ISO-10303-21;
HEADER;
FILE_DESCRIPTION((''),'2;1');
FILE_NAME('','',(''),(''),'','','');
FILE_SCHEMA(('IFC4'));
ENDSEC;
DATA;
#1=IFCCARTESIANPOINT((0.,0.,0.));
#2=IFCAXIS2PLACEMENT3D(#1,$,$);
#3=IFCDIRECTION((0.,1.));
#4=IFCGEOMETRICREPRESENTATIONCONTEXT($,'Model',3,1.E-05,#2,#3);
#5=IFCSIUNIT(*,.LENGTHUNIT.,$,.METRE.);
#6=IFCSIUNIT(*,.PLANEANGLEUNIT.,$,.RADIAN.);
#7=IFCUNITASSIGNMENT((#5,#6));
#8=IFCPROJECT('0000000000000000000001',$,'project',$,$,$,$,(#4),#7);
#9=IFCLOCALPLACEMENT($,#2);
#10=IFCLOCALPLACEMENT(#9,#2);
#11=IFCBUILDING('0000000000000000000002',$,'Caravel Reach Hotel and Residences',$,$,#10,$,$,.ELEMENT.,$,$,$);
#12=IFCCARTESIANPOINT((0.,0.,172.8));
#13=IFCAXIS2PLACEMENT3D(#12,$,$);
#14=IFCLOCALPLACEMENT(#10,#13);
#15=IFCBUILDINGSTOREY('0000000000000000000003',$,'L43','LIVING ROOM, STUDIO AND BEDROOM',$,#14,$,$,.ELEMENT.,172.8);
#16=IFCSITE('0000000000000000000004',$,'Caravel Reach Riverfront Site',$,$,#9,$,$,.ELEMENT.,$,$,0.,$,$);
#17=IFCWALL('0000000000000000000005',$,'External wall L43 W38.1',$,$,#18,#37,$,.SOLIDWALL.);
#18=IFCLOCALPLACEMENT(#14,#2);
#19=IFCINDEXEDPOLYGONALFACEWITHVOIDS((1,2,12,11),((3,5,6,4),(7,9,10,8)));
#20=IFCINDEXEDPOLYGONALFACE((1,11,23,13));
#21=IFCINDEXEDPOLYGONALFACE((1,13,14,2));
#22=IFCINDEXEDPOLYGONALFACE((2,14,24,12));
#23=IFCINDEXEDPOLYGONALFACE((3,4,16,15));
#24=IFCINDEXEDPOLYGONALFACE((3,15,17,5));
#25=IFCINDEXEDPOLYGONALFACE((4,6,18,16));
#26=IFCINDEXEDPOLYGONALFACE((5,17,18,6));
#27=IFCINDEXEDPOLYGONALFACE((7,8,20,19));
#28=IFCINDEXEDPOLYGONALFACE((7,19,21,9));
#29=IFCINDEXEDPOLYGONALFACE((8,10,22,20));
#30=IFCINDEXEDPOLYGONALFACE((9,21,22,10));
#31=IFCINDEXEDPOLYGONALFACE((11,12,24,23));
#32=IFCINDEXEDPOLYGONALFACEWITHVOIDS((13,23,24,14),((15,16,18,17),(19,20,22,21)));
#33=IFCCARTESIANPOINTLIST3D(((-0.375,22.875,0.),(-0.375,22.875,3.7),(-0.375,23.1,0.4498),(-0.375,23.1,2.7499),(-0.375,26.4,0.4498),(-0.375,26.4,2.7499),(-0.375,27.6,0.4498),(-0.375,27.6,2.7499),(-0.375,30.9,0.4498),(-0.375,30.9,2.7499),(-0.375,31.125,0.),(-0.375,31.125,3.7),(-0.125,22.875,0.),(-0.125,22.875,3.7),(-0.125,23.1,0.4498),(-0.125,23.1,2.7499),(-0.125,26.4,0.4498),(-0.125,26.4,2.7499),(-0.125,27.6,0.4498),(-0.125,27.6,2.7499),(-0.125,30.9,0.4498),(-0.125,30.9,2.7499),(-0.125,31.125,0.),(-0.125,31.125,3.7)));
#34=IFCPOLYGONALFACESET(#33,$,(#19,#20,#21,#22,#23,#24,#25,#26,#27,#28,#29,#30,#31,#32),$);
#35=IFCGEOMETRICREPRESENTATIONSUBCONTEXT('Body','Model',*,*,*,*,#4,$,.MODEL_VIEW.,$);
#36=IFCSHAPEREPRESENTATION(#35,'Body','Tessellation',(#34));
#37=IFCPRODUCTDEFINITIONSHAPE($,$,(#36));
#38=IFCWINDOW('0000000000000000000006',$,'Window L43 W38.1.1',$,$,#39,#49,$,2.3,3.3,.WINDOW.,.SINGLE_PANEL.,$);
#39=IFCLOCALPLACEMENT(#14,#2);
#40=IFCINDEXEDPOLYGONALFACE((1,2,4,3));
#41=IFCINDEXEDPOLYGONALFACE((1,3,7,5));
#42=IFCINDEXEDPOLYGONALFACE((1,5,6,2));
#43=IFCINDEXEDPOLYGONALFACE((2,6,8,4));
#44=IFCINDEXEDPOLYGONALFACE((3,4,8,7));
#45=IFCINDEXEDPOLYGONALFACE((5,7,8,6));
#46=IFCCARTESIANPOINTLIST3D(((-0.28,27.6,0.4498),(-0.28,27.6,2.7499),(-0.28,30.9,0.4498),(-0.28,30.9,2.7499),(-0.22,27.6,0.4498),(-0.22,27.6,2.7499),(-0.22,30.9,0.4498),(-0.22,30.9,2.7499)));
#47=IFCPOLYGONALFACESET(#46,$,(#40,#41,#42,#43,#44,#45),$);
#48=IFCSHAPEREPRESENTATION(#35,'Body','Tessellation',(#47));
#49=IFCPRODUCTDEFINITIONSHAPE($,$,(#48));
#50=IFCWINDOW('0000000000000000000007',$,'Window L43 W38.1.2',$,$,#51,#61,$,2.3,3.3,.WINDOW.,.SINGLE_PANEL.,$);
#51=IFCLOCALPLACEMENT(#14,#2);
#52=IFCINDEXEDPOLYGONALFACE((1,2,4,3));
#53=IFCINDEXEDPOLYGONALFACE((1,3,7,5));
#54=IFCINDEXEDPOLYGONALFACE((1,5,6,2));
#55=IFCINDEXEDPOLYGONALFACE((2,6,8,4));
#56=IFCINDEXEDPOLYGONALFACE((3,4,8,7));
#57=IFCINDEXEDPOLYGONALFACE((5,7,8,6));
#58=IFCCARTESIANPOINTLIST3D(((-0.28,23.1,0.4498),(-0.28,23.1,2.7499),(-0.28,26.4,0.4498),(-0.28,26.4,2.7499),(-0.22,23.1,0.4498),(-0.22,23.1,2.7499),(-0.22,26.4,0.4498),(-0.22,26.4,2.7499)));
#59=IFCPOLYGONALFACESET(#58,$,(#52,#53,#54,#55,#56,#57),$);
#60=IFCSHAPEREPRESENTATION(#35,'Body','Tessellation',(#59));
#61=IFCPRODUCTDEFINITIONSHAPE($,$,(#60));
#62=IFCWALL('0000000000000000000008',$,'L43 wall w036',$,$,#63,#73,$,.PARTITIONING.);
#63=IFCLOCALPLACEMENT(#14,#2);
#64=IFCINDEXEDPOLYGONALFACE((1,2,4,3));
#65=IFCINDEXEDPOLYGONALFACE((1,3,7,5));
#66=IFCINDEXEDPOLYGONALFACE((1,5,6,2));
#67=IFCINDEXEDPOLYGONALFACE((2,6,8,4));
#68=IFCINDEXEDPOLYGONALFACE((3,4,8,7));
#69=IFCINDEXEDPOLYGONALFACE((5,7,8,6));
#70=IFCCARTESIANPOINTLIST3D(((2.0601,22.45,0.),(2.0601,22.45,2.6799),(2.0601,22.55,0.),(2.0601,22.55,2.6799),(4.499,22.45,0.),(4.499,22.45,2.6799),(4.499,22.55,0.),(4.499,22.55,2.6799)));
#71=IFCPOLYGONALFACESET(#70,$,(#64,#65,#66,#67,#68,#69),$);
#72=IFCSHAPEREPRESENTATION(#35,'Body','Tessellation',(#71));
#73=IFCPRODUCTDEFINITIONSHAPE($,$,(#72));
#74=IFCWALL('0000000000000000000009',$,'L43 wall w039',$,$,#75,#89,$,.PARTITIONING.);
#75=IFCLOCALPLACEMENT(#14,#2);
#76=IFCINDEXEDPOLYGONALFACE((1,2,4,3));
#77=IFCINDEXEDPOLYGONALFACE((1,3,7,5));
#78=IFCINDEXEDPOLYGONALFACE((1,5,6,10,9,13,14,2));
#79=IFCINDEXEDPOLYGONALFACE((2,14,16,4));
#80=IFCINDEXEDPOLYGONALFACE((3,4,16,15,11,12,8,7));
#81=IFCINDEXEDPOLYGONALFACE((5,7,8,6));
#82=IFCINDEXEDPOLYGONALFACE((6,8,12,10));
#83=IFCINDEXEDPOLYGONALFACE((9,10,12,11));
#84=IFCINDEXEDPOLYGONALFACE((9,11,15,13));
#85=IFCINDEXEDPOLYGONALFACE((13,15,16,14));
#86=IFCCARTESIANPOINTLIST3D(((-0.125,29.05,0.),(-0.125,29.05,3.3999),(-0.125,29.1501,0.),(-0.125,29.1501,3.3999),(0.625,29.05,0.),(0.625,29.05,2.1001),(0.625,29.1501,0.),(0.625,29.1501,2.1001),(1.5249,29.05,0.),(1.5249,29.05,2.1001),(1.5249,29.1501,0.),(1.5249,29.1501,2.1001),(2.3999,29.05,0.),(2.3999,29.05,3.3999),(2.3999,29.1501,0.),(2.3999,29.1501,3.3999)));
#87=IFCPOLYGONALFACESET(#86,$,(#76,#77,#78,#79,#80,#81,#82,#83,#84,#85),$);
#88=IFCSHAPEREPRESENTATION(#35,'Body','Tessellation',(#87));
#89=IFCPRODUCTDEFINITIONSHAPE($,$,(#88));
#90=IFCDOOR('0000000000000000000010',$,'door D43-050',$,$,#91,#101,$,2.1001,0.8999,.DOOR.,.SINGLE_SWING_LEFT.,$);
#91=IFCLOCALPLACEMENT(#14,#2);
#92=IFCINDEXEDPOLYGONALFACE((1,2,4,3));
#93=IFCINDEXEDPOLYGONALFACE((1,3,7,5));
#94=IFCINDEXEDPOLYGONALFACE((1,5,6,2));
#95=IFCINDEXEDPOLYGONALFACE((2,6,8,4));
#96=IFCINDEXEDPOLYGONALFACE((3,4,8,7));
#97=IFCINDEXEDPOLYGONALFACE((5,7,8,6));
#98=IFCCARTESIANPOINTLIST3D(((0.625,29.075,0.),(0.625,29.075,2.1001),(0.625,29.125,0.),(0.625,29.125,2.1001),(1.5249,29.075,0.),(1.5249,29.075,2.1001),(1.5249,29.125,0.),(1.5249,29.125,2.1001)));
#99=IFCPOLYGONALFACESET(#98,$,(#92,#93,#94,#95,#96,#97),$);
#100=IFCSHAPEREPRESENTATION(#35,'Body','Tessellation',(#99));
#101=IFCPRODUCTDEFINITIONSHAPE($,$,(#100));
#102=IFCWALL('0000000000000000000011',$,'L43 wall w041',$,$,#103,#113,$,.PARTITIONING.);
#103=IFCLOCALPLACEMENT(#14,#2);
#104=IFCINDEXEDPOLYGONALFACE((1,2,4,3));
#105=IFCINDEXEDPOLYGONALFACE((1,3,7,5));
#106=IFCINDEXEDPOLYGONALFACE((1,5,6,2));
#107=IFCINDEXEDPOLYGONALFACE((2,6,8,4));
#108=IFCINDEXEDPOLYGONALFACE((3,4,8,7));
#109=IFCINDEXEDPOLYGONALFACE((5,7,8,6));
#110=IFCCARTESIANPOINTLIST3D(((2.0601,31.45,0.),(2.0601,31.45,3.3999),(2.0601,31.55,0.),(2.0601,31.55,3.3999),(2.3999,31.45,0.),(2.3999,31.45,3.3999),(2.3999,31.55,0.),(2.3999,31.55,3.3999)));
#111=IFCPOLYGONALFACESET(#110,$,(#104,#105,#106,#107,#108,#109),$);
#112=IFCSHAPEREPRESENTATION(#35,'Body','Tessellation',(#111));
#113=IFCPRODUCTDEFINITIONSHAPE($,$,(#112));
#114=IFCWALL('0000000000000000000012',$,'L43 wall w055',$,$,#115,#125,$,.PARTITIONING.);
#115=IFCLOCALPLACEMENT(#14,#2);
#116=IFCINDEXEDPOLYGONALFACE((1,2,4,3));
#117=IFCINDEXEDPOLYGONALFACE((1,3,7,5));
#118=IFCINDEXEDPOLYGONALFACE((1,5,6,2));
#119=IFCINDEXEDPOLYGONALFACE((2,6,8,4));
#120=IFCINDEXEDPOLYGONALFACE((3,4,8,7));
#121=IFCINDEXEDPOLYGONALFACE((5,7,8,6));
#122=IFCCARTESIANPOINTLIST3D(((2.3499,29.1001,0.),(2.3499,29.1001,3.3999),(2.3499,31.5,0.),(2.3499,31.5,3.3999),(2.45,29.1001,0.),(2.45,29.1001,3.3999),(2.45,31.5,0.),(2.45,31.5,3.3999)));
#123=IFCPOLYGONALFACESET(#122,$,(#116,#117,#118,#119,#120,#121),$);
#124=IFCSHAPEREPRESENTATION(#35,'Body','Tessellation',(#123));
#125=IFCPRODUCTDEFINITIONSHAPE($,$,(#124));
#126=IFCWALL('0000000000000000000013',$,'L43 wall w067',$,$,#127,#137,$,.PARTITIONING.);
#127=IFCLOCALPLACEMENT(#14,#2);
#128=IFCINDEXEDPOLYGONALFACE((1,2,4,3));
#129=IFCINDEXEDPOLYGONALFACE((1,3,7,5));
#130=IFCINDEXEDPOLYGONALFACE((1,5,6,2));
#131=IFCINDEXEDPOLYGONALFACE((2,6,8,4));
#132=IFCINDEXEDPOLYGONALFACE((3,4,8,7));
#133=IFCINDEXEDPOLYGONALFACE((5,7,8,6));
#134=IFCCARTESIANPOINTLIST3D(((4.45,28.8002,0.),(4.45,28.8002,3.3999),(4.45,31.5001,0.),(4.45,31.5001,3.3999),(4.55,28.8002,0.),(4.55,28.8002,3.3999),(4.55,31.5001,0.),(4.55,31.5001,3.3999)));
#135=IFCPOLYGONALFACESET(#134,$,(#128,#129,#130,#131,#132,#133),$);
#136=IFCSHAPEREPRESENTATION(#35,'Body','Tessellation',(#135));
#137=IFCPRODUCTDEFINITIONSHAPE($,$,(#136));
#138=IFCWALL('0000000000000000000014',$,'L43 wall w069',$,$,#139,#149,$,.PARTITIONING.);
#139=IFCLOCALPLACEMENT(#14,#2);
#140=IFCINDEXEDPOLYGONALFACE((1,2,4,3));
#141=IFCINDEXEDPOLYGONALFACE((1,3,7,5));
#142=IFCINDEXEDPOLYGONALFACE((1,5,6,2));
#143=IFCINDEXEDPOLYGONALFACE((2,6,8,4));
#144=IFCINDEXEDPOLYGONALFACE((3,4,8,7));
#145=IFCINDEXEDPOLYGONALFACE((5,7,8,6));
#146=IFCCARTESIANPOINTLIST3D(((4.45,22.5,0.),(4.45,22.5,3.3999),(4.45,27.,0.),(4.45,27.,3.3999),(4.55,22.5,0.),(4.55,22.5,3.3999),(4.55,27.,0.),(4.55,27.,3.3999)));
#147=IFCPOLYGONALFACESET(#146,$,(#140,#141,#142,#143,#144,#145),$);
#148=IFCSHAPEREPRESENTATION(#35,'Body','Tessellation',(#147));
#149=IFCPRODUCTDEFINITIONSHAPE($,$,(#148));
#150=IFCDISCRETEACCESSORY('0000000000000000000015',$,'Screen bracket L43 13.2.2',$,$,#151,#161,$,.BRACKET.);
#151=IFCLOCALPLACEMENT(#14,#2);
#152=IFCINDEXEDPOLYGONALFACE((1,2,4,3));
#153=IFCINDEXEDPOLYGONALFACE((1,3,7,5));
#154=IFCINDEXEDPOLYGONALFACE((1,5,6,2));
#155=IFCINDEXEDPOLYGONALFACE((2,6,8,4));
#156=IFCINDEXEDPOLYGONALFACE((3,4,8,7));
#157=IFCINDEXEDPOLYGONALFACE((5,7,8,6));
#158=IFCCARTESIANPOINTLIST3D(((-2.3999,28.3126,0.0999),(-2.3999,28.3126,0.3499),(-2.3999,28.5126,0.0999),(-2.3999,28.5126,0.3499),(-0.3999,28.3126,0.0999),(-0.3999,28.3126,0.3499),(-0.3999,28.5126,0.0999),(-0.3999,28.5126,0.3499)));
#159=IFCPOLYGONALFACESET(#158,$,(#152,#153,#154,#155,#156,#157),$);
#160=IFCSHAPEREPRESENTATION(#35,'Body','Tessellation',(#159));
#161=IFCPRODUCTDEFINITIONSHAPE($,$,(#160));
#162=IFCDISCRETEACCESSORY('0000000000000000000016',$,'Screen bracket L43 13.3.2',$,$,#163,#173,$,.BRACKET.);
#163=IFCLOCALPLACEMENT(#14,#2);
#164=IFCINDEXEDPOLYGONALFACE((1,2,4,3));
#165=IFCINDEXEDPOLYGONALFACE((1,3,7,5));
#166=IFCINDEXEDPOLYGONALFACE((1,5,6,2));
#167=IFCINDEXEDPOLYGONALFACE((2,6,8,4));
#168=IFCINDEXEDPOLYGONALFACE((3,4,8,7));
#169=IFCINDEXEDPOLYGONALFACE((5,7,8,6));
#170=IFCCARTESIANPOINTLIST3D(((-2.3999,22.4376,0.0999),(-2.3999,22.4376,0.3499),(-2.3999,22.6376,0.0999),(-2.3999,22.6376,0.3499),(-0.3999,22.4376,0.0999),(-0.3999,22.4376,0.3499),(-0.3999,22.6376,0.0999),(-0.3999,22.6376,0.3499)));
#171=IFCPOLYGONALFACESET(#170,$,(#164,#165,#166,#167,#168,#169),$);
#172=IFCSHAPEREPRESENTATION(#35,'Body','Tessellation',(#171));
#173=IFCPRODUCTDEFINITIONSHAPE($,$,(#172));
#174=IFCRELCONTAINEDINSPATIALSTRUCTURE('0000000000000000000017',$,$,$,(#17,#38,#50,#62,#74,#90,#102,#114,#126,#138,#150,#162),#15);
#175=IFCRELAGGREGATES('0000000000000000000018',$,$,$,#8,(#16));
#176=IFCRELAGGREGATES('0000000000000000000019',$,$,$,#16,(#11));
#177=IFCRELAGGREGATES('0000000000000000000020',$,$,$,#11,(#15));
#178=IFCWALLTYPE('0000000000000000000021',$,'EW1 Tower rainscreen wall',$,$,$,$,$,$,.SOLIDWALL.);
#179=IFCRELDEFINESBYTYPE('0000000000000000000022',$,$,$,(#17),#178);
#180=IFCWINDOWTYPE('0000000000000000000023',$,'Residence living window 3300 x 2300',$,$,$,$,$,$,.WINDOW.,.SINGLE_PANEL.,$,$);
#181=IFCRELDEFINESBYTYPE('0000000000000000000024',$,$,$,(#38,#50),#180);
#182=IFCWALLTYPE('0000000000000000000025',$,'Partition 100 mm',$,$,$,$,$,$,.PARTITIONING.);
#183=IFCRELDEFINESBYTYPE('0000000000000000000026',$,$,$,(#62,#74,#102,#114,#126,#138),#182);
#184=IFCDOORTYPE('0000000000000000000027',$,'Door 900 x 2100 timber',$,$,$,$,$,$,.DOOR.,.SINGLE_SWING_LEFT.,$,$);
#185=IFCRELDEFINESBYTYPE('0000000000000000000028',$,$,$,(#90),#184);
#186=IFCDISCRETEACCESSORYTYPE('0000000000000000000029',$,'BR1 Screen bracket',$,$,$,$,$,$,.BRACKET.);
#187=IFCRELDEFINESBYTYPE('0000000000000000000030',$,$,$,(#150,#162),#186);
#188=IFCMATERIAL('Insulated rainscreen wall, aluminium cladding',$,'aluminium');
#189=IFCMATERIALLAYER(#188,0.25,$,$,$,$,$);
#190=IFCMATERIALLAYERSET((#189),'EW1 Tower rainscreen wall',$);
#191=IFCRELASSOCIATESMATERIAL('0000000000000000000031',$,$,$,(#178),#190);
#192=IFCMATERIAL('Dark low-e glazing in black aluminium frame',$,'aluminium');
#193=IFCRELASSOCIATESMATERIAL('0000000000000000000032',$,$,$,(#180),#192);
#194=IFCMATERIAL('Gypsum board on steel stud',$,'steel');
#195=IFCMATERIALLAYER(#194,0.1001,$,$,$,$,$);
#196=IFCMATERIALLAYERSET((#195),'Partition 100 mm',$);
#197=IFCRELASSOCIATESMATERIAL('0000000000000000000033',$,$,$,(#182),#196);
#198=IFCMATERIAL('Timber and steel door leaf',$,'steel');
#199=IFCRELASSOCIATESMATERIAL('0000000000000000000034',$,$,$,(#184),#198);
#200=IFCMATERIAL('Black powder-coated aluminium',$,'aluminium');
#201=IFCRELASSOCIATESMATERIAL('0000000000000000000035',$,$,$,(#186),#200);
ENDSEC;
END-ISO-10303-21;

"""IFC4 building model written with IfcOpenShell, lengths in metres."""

from ifc_helpers import new_model, si_unit, direction, frame, frame_2d, origin, origin_2d, place, context, subcontext, project, spatial, rectangle, extrude, material, layer, layer_set, type_object, element, fill, save


model = new_model("IFC4")

# Units and contexts
model_context = context("Model", 3, precision=1e-05, world=origin(), true_north=direction((0.0, 1.0)))
body_context = subcontext(model_context, "Body", "Model", "MODEL_VIEW")
ifc_project = project(units=[si_unit("LENGTHUNIT", "METRE"), si_unit("PLANEANGLEUNIT", "RADIAN")], contexts=[model_context])

# Site, building, storey
site_placement = place(None, origin())
site = spatial("IfcSite", under=ifc_project, at=site_placement, Name="Caravel Reach Riverfront Site", CompositionType="ELEMENT", RefElevation=0.0)
building_placement = place(site_placement, origin())
building = spatial("IfcBuilding", under=site, at=building_placement, Name="Caravel Reach Hotel and Residences", CompositionType="ELEMENT")
storey_placement = place(building_placement, frame((0.0, 0.0, 172.8)))
storey = spatial("IfcBuildingStorey", under=building, at=storey_placement, Name="L43", Description="LIVING ROOM, STUDIO AND BEDROOM", CompositionType="ELEMENT", Elevation=172.8)

# Wall, openings, windows
ifc_material_1 = material(Name="Insulated rainscreen wall, aluminium cladding", Category="aluminium")
ifc_layer_1 = layer(ifc_material_1, 0.25)
ifc_layer_set_1 = layer_set([ifc_layer_1], Name="EW1 Tower rainscreen wall")
wall_type_1 = type_object("IfcWallType", Name="EW1 Tower rainscreen wall", PredefinedType="SOLIDWALL", material=ifc_layer_set_1)
wall_1_placement = place(storey_placement, frame((-0.25, 31.125, 0.0), z_axis=(0.0, 0.0, 1.0), x_axis=(0.0, -1.0, 0.0)))
wall_1 = element("IfcWall", 1, at=wall_1_placement, inside=storey, type_object=wall_type_1, Name="External wall L43 W38.1", PredefinedType="SOLIDWALL", context=body_context, shape_type="SweptSolid", body=[
    extrude(rectangle(XDim=8.25, YDim=0.25, at=frame_2d((4.125, 0.0))), origin(), (0.0, 0.0, 1.0), 3.7),
])
opening_1_placement = place(wall_1_placement, frame((0.2251, 0.0, 0.45)))
opening_1 = element("IfcOpeningElement", 2, at=opening_1_placement, cuts=wall_1, PredefinedType="OPENING", context=body_context, shape_type="SweptSolid", body=[
    extrude(rectangle(XDim=3.3, YDim=2.3, at=frame_2d((1.6499, 1.1499))), frame((0.0, 0.135, 0.0), z_axis=(0.0, -1.0, 0.0), x_axis=(1.0, 0.0, 0.0)), (0.0, 0.0, 1.0), 0.27),
])
opening_2_placement = place(wall_1_placement, frame((4.7251, 0.0, 0.45)))
opening_2 = element("IfcOpeningElement", 3, at=opening_2_placement, cuts=wall_1, PredefinedType="OPENING", context=body_context, shape_type="SweptSolid", body=[
    extrude(rectangle(XDim=3.3, YDim=2.3, at=frame_2d((1.6499, 1.1499))), frame((0.0, 0.135, 0.0), z_axis=(0.0, -1.0, 0.0), x_axis=(1.0, 0.0, 0.0)), (0.0, 0.0, 1.0), 0.27),
])
ifc_material_2 = material(Name="Dark low-e glazing in black aluminium frame", Category="aluminium")
window_type = type_object("IfcWindowType", Name="Residence living window 3300 x 2300", PartitioningType="SINGLE_PANEL", PredefinedType="WINDOW", material=ifc_material_2)
window_1_placement = place(opening_1_placement, origin())
window_1 = element("IfcWindow", 4, at=window_1_placement, inside=storey, type_object=window_type, Name="Window L43 W38.1.1", OverallHeight=2.3, OverallWidth=3.3, PartitioningType="SINGLE_PANEL", PredefinedType="WINDOW", context=body_context, shape_type="SweptSolid", body=[
    extrude(rectangle(XDim=3.3, YDim=2.3, at=frame_2d((1.6499, 1.1499))), frame((0.0, 0.03, 0.0), z_axis=(0.0, -1.0, 0.0), x_axis=(1.0, 0.0, 0.0)), (0.0, 0.0, 1.0), 0.0601),
])
fill(opening_1, window_1)
window_2_placement = place(opening_2_placement, origin())
window_2 = element("IfcWindow", 5, at=window_2_placement, inside=storey, type_object=window_type, Name="Window L43 W38.1.2", OverallHeight=2.3, OverallWidth=3.3, PartitioningType="SINGLE_PANEL", PredefinedType="WINDOW", context=body_context, shape_type="SweptSolid", body=[
    extrude(rectangle(XDim=3.3, YDim=2.3, at=frame_2d((1.6499, 1.1499))), frame((0.0, 0.03, 0.0), z_axis=(0.0, -1.0, 0.0), x_axis=(1.0, 0.0, 0.0)), (0.0, 0.0, 1.0), 0.0601),
])
fill(opening_2, window_2)

# Wall
ifc_material_3 = material(Name="Gypsum board on steel stud", Category="steel")
ifc_layer_2 = layer(ifc_material_3, 0.1001)
ifc_layer_set_2 = layer_set([ifc_layer_2], Name="Partition 100 mm")
wall_type_2 = type_object("IfcWallType", Name="Partition 100 mm", PredefinedType="PARTITIONING", material=ifc_layer_set_2)
wall_2_placement = place(storey_placement, frame((2.0601, 22.5, 0.0), z_axis=(0.0, 0.0, 1.0), x_axis=(1.0, 0.0, 0.0)))
element("IfcWall", 6, at=wall_2_placement, inside=storey, type_object=wall_type_2, Name="L43 wall w036", PredefinedType="PARTITIONING", context=body_context, shape_type="SweptSolid", body=[
    extrude(rectangle(XDim=2.439, YDim=0.1001, at=frame_2d((1.2195, 0.0))), origin(), (0.0, 0.0, 1.0), 2.6799),
])

# Wall, opening, door
wall_3_placement = place(storey_placement, frame((-0.125, 29.1001, 0.0), z_axis=(0.0, 0.0, 1.0), x_axis=(1.0, 0.0, 0.0)))
wall_3 = element("IfcWall", 7, at=wall_3_placement, inside=storey, type_object=wall_type_2, Name="L43 wall w039", PredefinedType="PARTITIONING", context=body_context, shape_type="SweptSolid", body=[
    extrude(rectangle(XDim=2.5249, YDim=0.1001, at=frame_2d((1.2625, 0.0))), origin(), (0.0, 0.0, 1.0), 3.3999),
])
opening_3_placement = place(wall_3_placement, frame((0.75, 0.0, 0.0)))
opening_3 = element("IfcOpeningElement", 8, at=opening_3_placement, cuts=wall_3, PredefinedType="OPENING", context=body_context, shape_type="SweptSolid", body=[
    extrude(rectangle(XDim=0.8999, YDim=2.1001, at=frame_2d((0.45, 1.05))), frame((0.0, 0.0601, 0.0), z_axis=(0.0, -1.0, 0.0), x_axis=(1.0, 0.0, 0.0)), (0.0, 0.0, 1.0), 0.1201),
])
ifc_material_4 = material(Name="Timber and steel door leaf", Category="steel")
door_type_1 = type_object("IfcDoorType", Name="Door 900 x 2100 timber", OperationType="SINGLE_SWING_LEFT", PredefinedType="DOOR", material=ifc_material_4)
door_1_placement = place(opening_3_placement, origin())
door_1 = element("IfcDoor", 9, at=door_1_placement, inside=storey, type_object=door_type_1, Name="door D43-050", OperationType="SINGLE_SWING_LEFT", OverallHeight=2.1001, OverallWidth=0.8999, PredefinedType="DOOR", context=body_context, shape_type="SweptSolid", body=[
    extrude(rectangle(XDim=0.8999, YDim=2.1001, at=frame_2d((0.45, 1.05))), frame((0.0, 0.0249, 0.0), z_axis=(0.0, -1.0, 0.0), x_axis=(1.0, 0.0, 0.0)), (0.0, 0.0, 1.0), 0.05),
])
fill(opening_3, door_1)

# Walls
wall_4_placement = place(storey_placement, frame((2.0601, 31.5, 0.0), z_axis=(0.0, 0.0, 1.0), x_axis=(1.0, 0.0, 0.0)))
element("IfcWall", 10, at=wall_4_placement, inside=storey, type_object=wall_type_2, Name="L43 wall w041", PredefinedType="PARTITIONING", context=body_context, shape_type="SweptSolid", body=[
    extrude(rectangle(XDim=0.3398, YDim=0.1001, at=frame_2d((0.1699, 0.0))), origin(), (0.0, 0.0, 1.0), 3.3999),
])
wall_5_placement = place(storey_placement, frame((2.3999, 29.1001, 0.0), z_axis=(0.0, 0.0, 1.0), x_axis=(0.0, 1.0, 0.0)))
element("IfcWall", 11, at=wall_5_placement, inside=storey, type_object=wall_type_2, Name="L43 wall w055", PredefinedType="PARTITIONING", context=body_context, shape_type="SweptSolid", body=[
    extrude(rectangle(XDim=2.3999, YDim=0.1001, at=frame_2d((1.2, 0.0))), origin(), (0.0, 0.0, 1.0), 3.3999),
])
wall_6_placement = place(storey_placement, frame((4.5, 28.8, 0.0), z_axis=(0.0, 0.0, 1.0), x_axis=(0.0, 1.0, 0.0)))
element("IfcWall", 12, at=wall_6_placement, inside=storey, type_object=wall_type_2, Name="L43 wall w067", PredefinedType="PARTITIONING", context=body_context, shape_type="SweptSolid", body=[
    extrude(rectangle(XDim=2.7, YDim=0.1001, at=frame_2d((1.3501, 0.0))), origin(), (0.0, 0.0, 1.0), 3.3999),
])
wall_7_placement = place(storey_placement, frame((4.5, 22.5, 0.0), z_axis=(0.0, 0.0, 1.0), x_axis=(0.0, 1.0, 0.0)))
element("IfcWall", 13, at=wall_7_placement, inside=storey, type_object=wall_type_2, Name="L43 wall w069", PredefinedType="PARTITIONING", context=body_context, shape_type="SweptSolid", body=[
    extrude(rectangle(XDim=4.5, YDim=0.1001, at=frame_2d((2.25, 0.0))), origin(), (0.0, 0.0, 1.0), 3.3999),
])

# Discrete accessories
ifc_material_5 = material(Name="Black powder-coated aluminium", Category="aluminium")
discrete_accessory_type = type_object("IfcDiscreteAccessoryType", Name="BR1 Screen bracket", PredefinedType="BRACKET", material=ifc_material_5)
for number, where, z_axis, x_axis, name in (
    (14, (-1.3999, 28.4126, 0.0999), (0.0, 0.0, 1.0), (-1.0, 0.0, 0.0), "Screen bracket L43 13.2.2"),
    (15, (-1.3999, 22.5376, 0.0999), (0.0, 0.0, 1.0), (-1.0, 0.0, 0.0), "Screen bracket L43 13.3.2"),
):
    element("IfcDiscreteAccessory", number, at=place(storey_placement, frame(where, z_axis=z_axis, x_axis=x_axis)), inside=storey, type_object=discrete_accessory_type, Name=name, PredefinedType="BRACKET", context=body_context, shape_type="SweptSolid", body=[
        extrude(rectangle(XDim=2.0, YDim=0.2, at=origin_2d()), origin(), (0.0, 0.0, 1.0), 0.25),
    ])

save(model, "model.ifc")
